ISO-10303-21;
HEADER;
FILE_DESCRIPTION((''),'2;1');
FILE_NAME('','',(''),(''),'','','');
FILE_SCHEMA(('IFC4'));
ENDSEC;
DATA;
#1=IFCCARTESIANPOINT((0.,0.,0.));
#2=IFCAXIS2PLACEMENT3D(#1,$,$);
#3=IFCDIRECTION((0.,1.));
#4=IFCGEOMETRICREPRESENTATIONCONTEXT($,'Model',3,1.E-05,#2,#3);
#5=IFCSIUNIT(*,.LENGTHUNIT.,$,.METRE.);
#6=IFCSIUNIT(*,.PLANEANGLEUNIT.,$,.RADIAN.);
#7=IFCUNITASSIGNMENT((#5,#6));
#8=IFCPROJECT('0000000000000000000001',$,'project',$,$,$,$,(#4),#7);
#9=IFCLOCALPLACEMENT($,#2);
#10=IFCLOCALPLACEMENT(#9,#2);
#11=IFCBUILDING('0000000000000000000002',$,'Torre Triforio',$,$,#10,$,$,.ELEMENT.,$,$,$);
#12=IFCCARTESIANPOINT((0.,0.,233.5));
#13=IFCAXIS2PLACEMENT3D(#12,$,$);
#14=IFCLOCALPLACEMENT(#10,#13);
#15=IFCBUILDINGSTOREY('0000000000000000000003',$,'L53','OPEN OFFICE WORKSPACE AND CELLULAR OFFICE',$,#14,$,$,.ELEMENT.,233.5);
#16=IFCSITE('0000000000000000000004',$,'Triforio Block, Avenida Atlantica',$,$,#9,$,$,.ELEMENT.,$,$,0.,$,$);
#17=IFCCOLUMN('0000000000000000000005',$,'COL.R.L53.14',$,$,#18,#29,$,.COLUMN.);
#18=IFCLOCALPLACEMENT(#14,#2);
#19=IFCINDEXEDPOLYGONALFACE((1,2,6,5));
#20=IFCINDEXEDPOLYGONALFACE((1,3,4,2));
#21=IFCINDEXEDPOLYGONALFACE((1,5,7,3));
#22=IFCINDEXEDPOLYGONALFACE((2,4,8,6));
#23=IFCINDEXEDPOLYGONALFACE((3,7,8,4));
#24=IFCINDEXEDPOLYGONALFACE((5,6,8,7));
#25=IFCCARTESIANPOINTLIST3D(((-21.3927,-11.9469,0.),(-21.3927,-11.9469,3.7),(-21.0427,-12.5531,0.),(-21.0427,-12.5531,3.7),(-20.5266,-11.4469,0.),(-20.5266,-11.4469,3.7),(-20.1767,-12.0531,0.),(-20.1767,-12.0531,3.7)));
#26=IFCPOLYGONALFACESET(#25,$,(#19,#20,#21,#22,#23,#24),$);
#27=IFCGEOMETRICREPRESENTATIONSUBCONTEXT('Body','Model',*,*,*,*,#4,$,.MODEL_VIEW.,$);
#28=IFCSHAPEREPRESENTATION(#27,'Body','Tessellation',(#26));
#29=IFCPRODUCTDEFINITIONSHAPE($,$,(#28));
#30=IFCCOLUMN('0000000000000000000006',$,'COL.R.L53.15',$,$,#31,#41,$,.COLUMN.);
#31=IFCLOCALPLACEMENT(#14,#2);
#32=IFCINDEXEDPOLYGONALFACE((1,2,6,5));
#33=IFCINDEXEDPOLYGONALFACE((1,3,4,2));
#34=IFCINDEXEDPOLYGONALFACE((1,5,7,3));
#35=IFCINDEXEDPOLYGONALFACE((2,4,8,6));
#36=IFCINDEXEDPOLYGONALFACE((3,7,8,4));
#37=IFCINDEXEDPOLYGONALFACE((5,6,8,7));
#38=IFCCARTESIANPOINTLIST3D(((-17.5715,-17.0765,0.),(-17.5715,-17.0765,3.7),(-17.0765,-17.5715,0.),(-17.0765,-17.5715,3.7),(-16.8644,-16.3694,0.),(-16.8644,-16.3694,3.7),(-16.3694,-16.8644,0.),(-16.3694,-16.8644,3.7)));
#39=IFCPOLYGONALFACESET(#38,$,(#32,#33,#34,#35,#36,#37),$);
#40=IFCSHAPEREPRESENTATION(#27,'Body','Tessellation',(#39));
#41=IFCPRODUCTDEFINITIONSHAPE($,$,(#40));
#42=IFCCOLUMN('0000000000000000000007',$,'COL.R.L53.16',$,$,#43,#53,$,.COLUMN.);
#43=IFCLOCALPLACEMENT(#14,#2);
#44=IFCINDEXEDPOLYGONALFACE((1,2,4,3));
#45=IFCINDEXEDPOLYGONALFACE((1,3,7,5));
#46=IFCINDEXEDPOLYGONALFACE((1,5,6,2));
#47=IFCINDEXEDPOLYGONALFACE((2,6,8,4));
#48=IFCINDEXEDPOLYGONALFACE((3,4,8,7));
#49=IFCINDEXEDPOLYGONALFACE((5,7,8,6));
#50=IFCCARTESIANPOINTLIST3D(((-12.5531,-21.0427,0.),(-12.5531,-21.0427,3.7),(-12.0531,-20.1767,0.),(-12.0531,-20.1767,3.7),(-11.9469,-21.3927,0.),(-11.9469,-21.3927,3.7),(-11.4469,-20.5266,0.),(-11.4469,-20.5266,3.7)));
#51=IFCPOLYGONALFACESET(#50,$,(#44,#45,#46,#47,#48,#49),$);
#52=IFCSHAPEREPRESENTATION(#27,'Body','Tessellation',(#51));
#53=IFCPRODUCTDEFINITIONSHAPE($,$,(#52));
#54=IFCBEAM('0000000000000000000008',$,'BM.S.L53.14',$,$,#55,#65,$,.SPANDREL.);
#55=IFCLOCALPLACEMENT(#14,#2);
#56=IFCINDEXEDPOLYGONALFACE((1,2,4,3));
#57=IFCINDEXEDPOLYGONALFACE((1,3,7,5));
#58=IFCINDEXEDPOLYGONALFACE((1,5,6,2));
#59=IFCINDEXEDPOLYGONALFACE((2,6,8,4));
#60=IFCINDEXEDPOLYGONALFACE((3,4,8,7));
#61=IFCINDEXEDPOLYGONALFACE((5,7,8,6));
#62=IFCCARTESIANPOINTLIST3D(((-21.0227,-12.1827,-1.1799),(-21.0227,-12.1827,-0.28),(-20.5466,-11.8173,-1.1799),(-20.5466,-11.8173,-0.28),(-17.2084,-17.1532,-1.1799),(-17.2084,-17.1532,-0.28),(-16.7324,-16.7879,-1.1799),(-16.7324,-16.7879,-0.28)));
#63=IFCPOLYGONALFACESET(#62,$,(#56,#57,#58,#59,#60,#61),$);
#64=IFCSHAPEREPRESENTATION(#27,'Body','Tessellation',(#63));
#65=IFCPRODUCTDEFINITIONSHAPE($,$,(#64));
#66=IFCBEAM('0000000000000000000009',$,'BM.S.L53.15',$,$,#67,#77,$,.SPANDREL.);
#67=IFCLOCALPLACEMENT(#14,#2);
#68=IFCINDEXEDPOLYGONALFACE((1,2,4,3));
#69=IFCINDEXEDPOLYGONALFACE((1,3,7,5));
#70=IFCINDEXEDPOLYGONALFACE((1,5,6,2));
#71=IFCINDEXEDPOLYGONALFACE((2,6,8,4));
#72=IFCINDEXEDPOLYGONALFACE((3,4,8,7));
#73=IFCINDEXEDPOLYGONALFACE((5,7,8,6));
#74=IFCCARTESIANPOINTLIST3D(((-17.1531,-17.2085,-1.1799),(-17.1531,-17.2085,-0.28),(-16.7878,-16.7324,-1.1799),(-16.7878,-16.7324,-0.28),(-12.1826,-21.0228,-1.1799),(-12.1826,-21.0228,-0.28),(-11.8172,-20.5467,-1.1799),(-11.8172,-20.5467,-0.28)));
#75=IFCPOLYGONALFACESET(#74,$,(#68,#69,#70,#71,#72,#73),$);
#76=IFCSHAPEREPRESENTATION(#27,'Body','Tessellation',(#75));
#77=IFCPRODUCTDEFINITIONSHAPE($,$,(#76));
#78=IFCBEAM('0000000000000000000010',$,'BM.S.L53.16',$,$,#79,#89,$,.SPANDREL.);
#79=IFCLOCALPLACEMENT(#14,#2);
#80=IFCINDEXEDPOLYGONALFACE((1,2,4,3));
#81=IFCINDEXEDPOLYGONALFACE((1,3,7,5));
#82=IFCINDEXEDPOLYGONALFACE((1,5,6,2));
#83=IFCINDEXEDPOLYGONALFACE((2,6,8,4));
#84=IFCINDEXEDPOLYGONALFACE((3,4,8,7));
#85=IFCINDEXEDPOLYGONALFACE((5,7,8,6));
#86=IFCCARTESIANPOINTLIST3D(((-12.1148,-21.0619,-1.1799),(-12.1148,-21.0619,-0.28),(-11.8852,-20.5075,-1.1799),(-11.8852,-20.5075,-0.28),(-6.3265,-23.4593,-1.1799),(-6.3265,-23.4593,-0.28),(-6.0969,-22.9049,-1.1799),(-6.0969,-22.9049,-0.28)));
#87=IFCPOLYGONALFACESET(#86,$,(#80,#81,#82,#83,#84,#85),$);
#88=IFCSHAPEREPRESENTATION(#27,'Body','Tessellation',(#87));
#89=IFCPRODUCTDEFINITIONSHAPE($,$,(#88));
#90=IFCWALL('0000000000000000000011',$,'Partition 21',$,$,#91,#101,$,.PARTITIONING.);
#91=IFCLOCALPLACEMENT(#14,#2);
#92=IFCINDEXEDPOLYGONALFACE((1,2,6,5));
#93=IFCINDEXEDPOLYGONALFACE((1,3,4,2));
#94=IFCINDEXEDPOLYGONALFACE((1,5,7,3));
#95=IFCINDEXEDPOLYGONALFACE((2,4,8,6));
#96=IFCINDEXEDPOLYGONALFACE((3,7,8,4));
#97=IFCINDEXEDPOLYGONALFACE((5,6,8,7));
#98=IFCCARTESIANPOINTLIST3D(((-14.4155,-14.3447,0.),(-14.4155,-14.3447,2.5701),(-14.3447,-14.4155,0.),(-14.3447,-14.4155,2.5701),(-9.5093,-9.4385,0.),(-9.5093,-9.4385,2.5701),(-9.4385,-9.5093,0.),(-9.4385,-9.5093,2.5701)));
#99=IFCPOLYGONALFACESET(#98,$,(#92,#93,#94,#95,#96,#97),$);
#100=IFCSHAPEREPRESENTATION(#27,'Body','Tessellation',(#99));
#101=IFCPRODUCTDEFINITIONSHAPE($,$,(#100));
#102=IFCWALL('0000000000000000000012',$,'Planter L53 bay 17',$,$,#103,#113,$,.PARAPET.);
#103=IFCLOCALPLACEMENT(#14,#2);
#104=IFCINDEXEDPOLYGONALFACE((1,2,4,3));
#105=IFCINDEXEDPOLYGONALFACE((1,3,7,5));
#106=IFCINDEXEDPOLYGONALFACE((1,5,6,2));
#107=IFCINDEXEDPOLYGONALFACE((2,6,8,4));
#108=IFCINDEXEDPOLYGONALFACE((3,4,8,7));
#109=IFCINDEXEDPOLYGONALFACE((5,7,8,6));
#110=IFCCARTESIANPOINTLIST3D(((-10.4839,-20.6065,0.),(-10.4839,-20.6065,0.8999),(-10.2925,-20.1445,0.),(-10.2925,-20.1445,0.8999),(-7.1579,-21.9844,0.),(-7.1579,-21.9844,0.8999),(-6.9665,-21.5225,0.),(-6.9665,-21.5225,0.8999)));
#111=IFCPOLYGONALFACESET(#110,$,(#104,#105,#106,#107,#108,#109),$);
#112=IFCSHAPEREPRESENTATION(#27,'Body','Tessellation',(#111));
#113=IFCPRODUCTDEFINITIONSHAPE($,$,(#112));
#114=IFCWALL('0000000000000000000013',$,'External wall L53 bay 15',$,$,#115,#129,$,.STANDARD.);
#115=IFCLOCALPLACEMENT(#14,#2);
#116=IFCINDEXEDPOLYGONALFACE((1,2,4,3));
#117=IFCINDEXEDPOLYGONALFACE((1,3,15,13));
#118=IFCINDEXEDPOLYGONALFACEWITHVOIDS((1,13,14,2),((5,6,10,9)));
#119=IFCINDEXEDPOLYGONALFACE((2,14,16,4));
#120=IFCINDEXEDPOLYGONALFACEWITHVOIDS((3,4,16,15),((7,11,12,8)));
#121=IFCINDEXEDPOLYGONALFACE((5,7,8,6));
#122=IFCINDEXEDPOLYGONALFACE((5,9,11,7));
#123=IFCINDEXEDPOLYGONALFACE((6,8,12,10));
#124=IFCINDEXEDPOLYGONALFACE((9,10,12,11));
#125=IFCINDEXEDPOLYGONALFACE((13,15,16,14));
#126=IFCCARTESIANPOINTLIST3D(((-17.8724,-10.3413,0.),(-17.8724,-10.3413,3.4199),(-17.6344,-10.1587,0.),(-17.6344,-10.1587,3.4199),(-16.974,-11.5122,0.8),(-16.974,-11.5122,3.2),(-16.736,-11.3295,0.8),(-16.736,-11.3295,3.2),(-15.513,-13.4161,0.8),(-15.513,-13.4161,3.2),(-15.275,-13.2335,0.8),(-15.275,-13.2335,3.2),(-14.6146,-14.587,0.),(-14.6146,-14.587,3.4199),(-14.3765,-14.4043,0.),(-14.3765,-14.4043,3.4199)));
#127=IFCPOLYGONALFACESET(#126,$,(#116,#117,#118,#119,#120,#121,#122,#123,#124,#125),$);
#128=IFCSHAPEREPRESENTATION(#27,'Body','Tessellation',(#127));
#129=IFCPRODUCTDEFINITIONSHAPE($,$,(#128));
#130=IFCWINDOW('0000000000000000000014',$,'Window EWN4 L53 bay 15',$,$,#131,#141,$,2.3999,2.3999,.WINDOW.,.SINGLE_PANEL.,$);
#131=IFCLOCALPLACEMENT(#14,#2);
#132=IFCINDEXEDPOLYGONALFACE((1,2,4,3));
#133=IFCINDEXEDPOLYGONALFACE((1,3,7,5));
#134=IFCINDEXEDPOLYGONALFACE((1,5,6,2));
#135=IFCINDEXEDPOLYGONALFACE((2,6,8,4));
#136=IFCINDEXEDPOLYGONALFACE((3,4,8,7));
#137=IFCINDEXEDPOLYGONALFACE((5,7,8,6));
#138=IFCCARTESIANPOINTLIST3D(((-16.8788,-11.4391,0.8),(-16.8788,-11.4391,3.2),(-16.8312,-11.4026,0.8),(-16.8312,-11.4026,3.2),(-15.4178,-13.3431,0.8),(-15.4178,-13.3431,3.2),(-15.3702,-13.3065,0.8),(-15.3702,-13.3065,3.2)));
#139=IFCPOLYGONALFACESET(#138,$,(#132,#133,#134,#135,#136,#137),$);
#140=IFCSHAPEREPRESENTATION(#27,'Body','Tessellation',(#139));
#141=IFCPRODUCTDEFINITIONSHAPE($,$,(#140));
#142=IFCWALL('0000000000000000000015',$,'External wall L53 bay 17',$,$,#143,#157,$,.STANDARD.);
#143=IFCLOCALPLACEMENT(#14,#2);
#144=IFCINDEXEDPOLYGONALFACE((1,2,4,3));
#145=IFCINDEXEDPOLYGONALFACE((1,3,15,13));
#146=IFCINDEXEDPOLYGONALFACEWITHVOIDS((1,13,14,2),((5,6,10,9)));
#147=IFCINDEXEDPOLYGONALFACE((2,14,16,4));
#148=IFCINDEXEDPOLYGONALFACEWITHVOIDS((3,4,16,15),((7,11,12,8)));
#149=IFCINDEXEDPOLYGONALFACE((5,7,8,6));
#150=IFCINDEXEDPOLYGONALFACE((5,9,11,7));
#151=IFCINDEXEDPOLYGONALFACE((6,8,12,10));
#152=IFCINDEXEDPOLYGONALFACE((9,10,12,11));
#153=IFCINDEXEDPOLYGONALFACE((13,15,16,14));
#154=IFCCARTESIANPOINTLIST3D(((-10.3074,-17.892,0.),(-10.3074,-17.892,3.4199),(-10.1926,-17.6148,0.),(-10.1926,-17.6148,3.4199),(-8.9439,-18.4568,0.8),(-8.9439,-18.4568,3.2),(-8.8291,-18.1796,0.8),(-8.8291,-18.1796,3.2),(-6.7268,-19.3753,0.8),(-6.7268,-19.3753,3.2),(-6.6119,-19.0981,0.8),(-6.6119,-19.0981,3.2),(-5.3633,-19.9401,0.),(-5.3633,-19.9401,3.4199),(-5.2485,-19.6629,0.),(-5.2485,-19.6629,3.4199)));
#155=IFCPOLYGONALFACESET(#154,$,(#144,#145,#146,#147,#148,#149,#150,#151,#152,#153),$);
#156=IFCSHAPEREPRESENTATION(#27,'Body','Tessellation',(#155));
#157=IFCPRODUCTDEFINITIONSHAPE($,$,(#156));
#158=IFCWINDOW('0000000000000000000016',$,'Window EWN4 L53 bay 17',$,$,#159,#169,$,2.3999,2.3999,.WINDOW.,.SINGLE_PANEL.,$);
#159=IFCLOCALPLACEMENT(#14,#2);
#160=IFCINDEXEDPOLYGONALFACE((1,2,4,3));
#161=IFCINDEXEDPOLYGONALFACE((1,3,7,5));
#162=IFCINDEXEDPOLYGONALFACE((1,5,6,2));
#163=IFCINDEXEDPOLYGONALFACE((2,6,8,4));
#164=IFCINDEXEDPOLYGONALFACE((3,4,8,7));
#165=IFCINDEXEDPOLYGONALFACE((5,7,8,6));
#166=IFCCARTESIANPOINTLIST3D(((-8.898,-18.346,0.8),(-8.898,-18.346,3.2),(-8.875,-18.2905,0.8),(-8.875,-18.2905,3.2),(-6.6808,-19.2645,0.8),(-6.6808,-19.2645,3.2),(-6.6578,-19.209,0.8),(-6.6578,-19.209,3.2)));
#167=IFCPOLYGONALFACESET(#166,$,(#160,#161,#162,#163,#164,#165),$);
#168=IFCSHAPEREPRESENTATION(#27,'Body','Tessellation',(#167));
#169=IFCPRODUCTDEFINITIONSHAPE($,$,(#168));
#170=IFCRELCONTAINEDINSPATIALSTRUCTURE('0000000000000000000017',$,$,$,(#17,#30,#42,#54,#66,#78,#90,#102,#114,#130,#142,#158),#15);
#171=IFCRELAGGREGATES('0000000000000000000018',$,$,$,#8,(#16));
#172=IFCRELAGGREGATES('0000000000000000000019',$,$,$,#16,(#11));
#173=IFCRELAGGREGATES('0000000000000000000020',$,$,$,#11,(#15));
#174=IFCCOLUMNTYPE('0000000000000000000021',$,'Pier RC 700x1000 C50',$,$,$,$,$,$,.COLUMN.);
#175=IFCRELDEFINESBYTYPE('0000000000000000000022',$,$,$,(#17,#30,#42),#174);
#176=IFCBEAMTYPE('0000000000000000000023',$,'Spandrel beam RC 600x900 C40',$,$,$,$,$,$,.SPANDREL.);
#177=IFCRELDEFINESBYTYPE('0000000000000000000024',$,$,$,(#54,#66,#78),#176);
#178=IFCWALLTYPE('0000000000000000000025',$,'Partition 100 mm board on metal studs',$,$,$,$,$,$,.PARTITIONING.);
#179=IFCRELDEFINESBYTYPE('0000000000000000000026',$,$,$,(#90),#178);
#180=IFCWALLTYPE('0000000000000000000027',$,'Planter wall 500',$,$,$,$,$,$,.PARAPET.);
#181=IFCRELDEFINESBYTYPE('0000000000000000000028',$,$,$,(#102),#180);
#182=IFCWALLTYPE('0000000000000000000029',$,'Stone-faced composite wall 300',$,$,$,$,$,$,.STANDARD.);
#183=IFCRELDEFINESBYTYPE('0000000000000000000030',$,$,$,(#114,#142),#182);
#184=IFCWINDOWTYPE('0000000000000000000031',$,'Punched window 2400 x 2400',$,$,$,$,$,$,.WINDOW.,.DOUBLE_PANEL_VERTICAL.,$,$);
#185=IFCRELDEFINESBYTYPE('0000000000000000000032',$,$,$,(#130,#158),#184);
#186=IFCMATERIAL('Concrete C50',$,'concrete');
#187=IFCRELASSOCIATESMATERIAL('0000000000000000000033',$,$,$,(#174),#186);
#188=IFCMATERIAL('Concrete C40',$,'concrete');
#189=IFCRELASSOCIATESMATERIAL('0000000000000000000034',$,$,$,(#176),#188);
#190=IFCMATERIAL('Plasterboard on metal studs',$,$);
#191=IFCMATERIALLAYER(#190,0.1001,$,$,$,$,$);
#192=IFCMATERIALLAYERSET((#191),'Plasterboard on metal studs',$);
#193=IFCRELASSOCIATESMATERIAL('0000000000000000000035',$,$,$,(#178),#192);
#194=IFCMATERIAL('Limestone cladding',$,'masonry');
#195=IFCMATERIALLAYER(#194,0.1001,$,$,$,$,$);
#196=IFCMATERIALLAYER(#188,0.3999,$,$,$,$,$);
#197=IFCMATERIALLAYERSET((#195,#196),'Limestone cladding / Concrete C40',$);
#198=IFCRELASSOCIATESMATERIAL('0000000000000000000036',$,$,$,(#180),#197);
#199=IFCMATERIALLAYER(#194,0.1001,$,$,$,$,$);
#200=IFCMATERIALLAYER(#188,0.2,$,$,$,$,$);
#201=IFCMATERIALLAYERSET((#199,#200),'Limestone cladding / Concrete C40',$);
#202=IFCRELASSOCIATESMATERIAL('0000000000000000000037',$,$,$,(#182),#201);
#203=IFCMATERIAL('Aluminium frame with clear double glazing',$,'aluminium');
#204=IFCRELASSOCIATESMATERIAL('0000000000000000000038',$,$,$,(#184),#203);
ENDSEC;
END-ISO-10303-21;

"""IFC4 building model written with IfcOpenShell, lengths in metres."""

from ifc_helpers import new_model, si_unit, direction, frame, frame_2d, origin, origin_2d, place, context, subcontext, project, spatial, rectangle, extrude, material, layer, layer_set, material_profile, profile_set, type_object, element, fill, save


model = new_model("IFC4")

# Units and contexts
model_context = context("Model", 3, precision=1e-05, world=origin(), true_north=direction((0.0, 1.0)))
body_context = subcontext(model_context, "Body", "Model", "MODEL_VIEW")
ifc_project = project(units=[si_unit("LENGTHUNIT", "METRE"), si_unit("PLANEANGLEUNIT", "RADIAN")], contexts=[model_context])

# Site, building, storey
site_placement = place(None, origin())
site = spatial("IfcSite", under=ifc_project, at=site_placement, Name="Triforio Block, Avenida Atlantica", CompositionType="ELEMENT", RefElevation=0.0)
building_placement = place(site_placement, origin())
building = spatial("IfcBuilding", under=site, at=building_placement, Name="Torre Triforio", CompositionType="ELEMENT")
storey_placement = place(building_placement, frame((0.0, 0.0, 233.5)))
storey = spatial("IfcBuildingStorey", under=building, at=storey_placement, Name="L53", Description="OPEN OFFICE WORKSPACE AND CELLULAR OFFICE", CompositionType="ELEMENT", Elevation=233.5)

# Columns
ifc_material_1 = material(Name="Concrete C50", Category="concrete")
ifc_material_profile_1 = material_profile(ifc_material_1, rectangle(XDim=0.7, YDim=1.0, at=origin_2d()), Name="RC 700x1000")
ifc_profile_set_1 = profile_set([ifc_material_profile_1], Name="Concrete C50")
column_type = type_object("IfcColumnType", Name="Pier RC 700x1000 C50", PredefinedType="COLUMN", material=ifc_profile_set_1)
for number, where, z_axis, x_axis, name in (
    (1, (-20.7847, -12.0, 0.0), (0.0, 0.0, 1.0), (0.5, -0.866025, 0.0), "COL.R.L53.14"),
    (2, (-16.9705, -16.9705, 0.0), (0.0, 0.0, 1.0), (0.707107, -0.707107, 0.0), "COL.R.L53.15"),
    (3, (-12.0, -20.7847, 0.0), (0.0, 0.0, 1.0), (0.866025, -0.5, 0.0), "COL.R.L53.16"),
):
    element("IfcColumn", number, at=place(storey_placement, frame(where, z_axis=z_axis, x_axis=x_axis)), inside=storey, type_object=column_type, Name=name, PredefinedType="COLUMN", context=body_context, shape_type="SweptSolid", body=[
        extrude(rectangle(XDim=0.7, YDim=1.0, at=origin_2d()), origin(), (0.0, 0.0, 1.0), 3.7),
    ])

# Beams
ifc_material_2 = material(Name="Concrete C40", Category="concrete")
ifc_material_profile_2 = material_profile(ifc_material_2, rectangle(XDim=0.6001, YDim=0.8999, at=origin_2d()), Name="RC 600x900")
ifc_profile_set_2 = profile_set([ifc_material_profile_2], Name="Concrete C40")
beam_type = type_object("IfcBeamType", Name="Spandrel beam RC 600x900 C40", PredefinedType="SPANDREL", material=ifc_profile_set_2)
for number, where, z_axis, x_axis, name in (
    (4, (-20.7847, -12.0, -0.73), (0.608786, -0.793335, 0.0), (0.793335, 0.608786, 0.0), "BM.S.L53.14"),
    (5, (-16.9705, -16.9705, -0.73), (0.793335, -0.608786, 0.0), (0.608786, 0.793335, 0.0), "BM.S.L53.15"),
):
    element("IfcBeam", number, at=place(storey_placement, frame(where, z_axis=z_axis, x_axis=x_axis)), inside=storey, type_object=beam_type, Name=name, PredefinedType="SPANDREL", context=body_context, shape_type="SweptSolid", body=[
        extrude(rectangle(XDim=0.6001, YDim=0.8999, at=origin_2d()), origin(), (0.0, 0.0, 1.0), 6.2654),
    ])
beam_placement = place(storey_placement, frame((-12.0, -20.7847, -0.73), z_axis=(0.923888, -0.382664, 0.0), x_axis=(0.382664, 0.923888, 0.0)))
element("IfcBeam", 6, at=beam_placement, inside=storey, type_object=beam_type, Name="BM.S.L53.16", PredefinedType="SPANDREL", context=body_context, shape_type="SweptSolid", body=[
    extrude(rectangle(XDim=0.6001, YDim=0.8999, at=origin_2d()), origin(), (0.0, 0.0, 1.0), 6.2651),
])

# Walls
ifc_material_3 = material(Name="Plasterboard on metal studs")
ifc_layer_1 = layer(ifc_material_3, 0.1001)
ifc_layer_set_1 = layer_set([ifc_layer_1], Name="Plasterboard on metal studs")
wall_type_1 = type_object("IfcWallType", Name="Partition 100 mm board on metal studs", PredefinedType="PARTITIONING", material=ifc_layer_set_1)
wall_1_placement = place(storey_placement, frame((-9.4739, -9.4739, 0.0), z_axis=(0.0, 0.0, 1.0), x_axis=(-0.707107, -0.707107, 0.0)))
element("IfcWall", 7, at=wall_1_placement, inside=storey, type_object=wall_type_1, Name="Partition 21", PredefinedType="PARTITIONING", context=body_context, shape_type="SweptSolid", body=[
    extrude(rectangle(XDim=6.9385, YDim=0.1001, at=frame_2d((3.4692, 0.0))), origin(), (0.0, 0.0, 1.0), 2.5701),
])
ifc_material_4 = material(Name="Limestone cladding", Category="masonry")
ifc_layer_2 = layer(ifc_material_4, 0.1001)
ifc_layer_3 = layer(ifc_material_2, 0.3999)
ifc_layer_set_2 = layer_set([ifc_layer_2, ifc_layer_3], Name="Limestone cladding / Concrete C40")
wall_type_2 = type_object("IfcWallType", Name="Planter wall 500", PredefinedType="PARAPET", material=ifc_layer_set_2)
wall_2_placement = place(storey_placement, frame((-10.3882, -20.3755, 0.0), z_axis=(0.0, 0.0, 1.0), x_axis=(0.923852, -0.382751, 0.0)))
element("IfcWall", 8, at=wall_2_placement, inside=storey, type_object=wall_type_2, Name="Planter L53 bay 17", PredefinedType="PARAPET", context=body_context, shape_type="SweptSolid", body=[
    extrude(rectangle(XDim=3.6001, YDim=0.5, at=frame_2d((1.8, 0.0))), origin(), (0.0, 0.0, 1.0), 0.8999),
])

# Wall, opening, window
ifc_layer_4 = layer(ifc_material_4, 0.1001)
ifc_layer_5 = layer(ifc_material_2, 0.2)
ifc_layer_set_3 = layer_set([ifc_layer_4, ifc_layer_5], Name="Limestone cladding / Concrete C40")
wall_type_3 = type_object("IfcWallType", Name="Stone-faced composite wall 300", PredefinedType="STANDARD", material=ifc_layer_set_3)
wall_3_placement = place(storey_placement, frame((-17.7534, -10.25, 0.0), z_axis=(0.0, 0.0, 1.0), x_axis=(0.608767, -0.793349, 0.0)))
wall_3 = element("IfcWall", 9, at=wall_3_placement, inside=storey, type_object=wall_type_3, Name="External wall L53 bay 15", PredefinedType="STANDARD", context=body_context, shape_type="SweptSolid", body=[
    extrude(rectangle(XDim=5.3516, YDim=0.3, at=frame_2d((2.6758, 0.0))), origin(), (0.0, 0.0, 1.0), 3.4199),
])
opening_1_placement = place(wall_3_placement, frame((1.4758, 0.0, 0.8)))
opening_1 = element("IfcOpeningElement", 10, at=opening_1_placement, cuts=wall_3, PredefinedType="OPENING", context=body_context, shape_type="SweptSolid", body=[
    extrude(rectangle(XDim=2.3999, YDim=2.3999, at=frame_2d((1.2, 1.2))), frame((0.0, 0.1599, 0.0), z_axis=(0.0, -1.0, 0.0), x_axis=(1.0, 0.0, 0.0)), (0.0, 0.0, 1.0), 0.3201),
])
ifc_material_5 = material(Name="Aluminium frame with clear double glazing", Category="aluminium")
window_type_1 = type_object("IfcWindowType", Name="Punched window 2400 x 2400", PartitioningType="DOUBLE_PANEL_VERTICAL", PredefinedType="WINDOW", material=ifc_material_5)
window_1_placement = place(opening_1_placement, origin())
window_1 = element("IfcWindow", 11, at=window_1_placement, inside=storey, type_object=window_type_1, Name="Window EWN4 L53 bay 15", OverallHeight=2.3999, OverallWidth=2.3999, PartitioningType="SINGLE_PANEL", PredefinedType="WINDOW", context=body_context, shape_type="SweptSolid", body=[
    extrude(rectangle(XDim=2.3999, YDim=2.3999, at=frame_2d((1.2, 1.2))), frame((0.0, 0.03, 0.0), z_axis=(0.0, -1.0, 0.0), x_axis=(1.0, 0.0, 0.0)), (0.0, 0.0, 1.0), 0.0601),
])
fill(opening_1, window_1)

# Wall, opening, window
wall_4_placement = place(storey_placement, frame((-10.25, -17.7534, 0.0), z_axis=(0.0, 0.0, 1.0), x_axis=(0.923867, -0.382713, 0.0)))
wall_4 = element("IfcWall", 12, at=wall_4_placement, inside=storey, type_object=wall_type_3, Name="External wall L53 bay 17", PredefinedType="STANDARD", context=body_context, shape_type="SweptSolid", body=[
    extrude(rectangle(XDim=5.3516, YDim=0.3, at=frame_2d((2.6758, 0.0))), origin(), (0.0, 0.0, 1.0), 3.4199),
])
opening_2_placement = place(wall_4_placement, frame((1.4758, 0.0, 0.8)))
opening_2 = element("IfcOpeningElement", 13, at=opening_2_placement, cuts=wall_4, PredefinedType="OPENING", context=body_context, shape_type="SweptSolid", body=[
    extrude(rectangle(XDim=2.3999, YDim=2.3999, at=frame_2d((1.2, 1.2))), frame((0.0, 0.1599, 0.0), z_axis=(0.0, -1.0, 0.0), x_axis=(1.0, 0.0, 0.0)), (0.0, 0.0, 1.0), 0.3201),
])
window_2_placement = place(opening_2_placement, origin())
window_2 = element("IfcWindow", 14, at=window_2_placement, inside=storey, type_object=window_type_1, Name="Window EWN4 L53 bay 17", OverallHeight=2.3999, OverallWidth=2.3999, PartitioningType="SINGLE_PANEL", PredefinedType="WINDOW", context=body_context, shape_type="SweptSolid", body=[
    extrude(rectangle(XDim=2.3999, YDim=2.3999, at=frame_2d((1.2, 1.2))), frame((0.0, 0.03, 0.0), z_axis=(0.0, -1.0, 0.0), x_axis=(1.0, 0.0, 0.0)), (0.0, 0.0, 1.0), 0.0601),
])
fill(opening_2, window_2)

save(model, "model.ifc")
